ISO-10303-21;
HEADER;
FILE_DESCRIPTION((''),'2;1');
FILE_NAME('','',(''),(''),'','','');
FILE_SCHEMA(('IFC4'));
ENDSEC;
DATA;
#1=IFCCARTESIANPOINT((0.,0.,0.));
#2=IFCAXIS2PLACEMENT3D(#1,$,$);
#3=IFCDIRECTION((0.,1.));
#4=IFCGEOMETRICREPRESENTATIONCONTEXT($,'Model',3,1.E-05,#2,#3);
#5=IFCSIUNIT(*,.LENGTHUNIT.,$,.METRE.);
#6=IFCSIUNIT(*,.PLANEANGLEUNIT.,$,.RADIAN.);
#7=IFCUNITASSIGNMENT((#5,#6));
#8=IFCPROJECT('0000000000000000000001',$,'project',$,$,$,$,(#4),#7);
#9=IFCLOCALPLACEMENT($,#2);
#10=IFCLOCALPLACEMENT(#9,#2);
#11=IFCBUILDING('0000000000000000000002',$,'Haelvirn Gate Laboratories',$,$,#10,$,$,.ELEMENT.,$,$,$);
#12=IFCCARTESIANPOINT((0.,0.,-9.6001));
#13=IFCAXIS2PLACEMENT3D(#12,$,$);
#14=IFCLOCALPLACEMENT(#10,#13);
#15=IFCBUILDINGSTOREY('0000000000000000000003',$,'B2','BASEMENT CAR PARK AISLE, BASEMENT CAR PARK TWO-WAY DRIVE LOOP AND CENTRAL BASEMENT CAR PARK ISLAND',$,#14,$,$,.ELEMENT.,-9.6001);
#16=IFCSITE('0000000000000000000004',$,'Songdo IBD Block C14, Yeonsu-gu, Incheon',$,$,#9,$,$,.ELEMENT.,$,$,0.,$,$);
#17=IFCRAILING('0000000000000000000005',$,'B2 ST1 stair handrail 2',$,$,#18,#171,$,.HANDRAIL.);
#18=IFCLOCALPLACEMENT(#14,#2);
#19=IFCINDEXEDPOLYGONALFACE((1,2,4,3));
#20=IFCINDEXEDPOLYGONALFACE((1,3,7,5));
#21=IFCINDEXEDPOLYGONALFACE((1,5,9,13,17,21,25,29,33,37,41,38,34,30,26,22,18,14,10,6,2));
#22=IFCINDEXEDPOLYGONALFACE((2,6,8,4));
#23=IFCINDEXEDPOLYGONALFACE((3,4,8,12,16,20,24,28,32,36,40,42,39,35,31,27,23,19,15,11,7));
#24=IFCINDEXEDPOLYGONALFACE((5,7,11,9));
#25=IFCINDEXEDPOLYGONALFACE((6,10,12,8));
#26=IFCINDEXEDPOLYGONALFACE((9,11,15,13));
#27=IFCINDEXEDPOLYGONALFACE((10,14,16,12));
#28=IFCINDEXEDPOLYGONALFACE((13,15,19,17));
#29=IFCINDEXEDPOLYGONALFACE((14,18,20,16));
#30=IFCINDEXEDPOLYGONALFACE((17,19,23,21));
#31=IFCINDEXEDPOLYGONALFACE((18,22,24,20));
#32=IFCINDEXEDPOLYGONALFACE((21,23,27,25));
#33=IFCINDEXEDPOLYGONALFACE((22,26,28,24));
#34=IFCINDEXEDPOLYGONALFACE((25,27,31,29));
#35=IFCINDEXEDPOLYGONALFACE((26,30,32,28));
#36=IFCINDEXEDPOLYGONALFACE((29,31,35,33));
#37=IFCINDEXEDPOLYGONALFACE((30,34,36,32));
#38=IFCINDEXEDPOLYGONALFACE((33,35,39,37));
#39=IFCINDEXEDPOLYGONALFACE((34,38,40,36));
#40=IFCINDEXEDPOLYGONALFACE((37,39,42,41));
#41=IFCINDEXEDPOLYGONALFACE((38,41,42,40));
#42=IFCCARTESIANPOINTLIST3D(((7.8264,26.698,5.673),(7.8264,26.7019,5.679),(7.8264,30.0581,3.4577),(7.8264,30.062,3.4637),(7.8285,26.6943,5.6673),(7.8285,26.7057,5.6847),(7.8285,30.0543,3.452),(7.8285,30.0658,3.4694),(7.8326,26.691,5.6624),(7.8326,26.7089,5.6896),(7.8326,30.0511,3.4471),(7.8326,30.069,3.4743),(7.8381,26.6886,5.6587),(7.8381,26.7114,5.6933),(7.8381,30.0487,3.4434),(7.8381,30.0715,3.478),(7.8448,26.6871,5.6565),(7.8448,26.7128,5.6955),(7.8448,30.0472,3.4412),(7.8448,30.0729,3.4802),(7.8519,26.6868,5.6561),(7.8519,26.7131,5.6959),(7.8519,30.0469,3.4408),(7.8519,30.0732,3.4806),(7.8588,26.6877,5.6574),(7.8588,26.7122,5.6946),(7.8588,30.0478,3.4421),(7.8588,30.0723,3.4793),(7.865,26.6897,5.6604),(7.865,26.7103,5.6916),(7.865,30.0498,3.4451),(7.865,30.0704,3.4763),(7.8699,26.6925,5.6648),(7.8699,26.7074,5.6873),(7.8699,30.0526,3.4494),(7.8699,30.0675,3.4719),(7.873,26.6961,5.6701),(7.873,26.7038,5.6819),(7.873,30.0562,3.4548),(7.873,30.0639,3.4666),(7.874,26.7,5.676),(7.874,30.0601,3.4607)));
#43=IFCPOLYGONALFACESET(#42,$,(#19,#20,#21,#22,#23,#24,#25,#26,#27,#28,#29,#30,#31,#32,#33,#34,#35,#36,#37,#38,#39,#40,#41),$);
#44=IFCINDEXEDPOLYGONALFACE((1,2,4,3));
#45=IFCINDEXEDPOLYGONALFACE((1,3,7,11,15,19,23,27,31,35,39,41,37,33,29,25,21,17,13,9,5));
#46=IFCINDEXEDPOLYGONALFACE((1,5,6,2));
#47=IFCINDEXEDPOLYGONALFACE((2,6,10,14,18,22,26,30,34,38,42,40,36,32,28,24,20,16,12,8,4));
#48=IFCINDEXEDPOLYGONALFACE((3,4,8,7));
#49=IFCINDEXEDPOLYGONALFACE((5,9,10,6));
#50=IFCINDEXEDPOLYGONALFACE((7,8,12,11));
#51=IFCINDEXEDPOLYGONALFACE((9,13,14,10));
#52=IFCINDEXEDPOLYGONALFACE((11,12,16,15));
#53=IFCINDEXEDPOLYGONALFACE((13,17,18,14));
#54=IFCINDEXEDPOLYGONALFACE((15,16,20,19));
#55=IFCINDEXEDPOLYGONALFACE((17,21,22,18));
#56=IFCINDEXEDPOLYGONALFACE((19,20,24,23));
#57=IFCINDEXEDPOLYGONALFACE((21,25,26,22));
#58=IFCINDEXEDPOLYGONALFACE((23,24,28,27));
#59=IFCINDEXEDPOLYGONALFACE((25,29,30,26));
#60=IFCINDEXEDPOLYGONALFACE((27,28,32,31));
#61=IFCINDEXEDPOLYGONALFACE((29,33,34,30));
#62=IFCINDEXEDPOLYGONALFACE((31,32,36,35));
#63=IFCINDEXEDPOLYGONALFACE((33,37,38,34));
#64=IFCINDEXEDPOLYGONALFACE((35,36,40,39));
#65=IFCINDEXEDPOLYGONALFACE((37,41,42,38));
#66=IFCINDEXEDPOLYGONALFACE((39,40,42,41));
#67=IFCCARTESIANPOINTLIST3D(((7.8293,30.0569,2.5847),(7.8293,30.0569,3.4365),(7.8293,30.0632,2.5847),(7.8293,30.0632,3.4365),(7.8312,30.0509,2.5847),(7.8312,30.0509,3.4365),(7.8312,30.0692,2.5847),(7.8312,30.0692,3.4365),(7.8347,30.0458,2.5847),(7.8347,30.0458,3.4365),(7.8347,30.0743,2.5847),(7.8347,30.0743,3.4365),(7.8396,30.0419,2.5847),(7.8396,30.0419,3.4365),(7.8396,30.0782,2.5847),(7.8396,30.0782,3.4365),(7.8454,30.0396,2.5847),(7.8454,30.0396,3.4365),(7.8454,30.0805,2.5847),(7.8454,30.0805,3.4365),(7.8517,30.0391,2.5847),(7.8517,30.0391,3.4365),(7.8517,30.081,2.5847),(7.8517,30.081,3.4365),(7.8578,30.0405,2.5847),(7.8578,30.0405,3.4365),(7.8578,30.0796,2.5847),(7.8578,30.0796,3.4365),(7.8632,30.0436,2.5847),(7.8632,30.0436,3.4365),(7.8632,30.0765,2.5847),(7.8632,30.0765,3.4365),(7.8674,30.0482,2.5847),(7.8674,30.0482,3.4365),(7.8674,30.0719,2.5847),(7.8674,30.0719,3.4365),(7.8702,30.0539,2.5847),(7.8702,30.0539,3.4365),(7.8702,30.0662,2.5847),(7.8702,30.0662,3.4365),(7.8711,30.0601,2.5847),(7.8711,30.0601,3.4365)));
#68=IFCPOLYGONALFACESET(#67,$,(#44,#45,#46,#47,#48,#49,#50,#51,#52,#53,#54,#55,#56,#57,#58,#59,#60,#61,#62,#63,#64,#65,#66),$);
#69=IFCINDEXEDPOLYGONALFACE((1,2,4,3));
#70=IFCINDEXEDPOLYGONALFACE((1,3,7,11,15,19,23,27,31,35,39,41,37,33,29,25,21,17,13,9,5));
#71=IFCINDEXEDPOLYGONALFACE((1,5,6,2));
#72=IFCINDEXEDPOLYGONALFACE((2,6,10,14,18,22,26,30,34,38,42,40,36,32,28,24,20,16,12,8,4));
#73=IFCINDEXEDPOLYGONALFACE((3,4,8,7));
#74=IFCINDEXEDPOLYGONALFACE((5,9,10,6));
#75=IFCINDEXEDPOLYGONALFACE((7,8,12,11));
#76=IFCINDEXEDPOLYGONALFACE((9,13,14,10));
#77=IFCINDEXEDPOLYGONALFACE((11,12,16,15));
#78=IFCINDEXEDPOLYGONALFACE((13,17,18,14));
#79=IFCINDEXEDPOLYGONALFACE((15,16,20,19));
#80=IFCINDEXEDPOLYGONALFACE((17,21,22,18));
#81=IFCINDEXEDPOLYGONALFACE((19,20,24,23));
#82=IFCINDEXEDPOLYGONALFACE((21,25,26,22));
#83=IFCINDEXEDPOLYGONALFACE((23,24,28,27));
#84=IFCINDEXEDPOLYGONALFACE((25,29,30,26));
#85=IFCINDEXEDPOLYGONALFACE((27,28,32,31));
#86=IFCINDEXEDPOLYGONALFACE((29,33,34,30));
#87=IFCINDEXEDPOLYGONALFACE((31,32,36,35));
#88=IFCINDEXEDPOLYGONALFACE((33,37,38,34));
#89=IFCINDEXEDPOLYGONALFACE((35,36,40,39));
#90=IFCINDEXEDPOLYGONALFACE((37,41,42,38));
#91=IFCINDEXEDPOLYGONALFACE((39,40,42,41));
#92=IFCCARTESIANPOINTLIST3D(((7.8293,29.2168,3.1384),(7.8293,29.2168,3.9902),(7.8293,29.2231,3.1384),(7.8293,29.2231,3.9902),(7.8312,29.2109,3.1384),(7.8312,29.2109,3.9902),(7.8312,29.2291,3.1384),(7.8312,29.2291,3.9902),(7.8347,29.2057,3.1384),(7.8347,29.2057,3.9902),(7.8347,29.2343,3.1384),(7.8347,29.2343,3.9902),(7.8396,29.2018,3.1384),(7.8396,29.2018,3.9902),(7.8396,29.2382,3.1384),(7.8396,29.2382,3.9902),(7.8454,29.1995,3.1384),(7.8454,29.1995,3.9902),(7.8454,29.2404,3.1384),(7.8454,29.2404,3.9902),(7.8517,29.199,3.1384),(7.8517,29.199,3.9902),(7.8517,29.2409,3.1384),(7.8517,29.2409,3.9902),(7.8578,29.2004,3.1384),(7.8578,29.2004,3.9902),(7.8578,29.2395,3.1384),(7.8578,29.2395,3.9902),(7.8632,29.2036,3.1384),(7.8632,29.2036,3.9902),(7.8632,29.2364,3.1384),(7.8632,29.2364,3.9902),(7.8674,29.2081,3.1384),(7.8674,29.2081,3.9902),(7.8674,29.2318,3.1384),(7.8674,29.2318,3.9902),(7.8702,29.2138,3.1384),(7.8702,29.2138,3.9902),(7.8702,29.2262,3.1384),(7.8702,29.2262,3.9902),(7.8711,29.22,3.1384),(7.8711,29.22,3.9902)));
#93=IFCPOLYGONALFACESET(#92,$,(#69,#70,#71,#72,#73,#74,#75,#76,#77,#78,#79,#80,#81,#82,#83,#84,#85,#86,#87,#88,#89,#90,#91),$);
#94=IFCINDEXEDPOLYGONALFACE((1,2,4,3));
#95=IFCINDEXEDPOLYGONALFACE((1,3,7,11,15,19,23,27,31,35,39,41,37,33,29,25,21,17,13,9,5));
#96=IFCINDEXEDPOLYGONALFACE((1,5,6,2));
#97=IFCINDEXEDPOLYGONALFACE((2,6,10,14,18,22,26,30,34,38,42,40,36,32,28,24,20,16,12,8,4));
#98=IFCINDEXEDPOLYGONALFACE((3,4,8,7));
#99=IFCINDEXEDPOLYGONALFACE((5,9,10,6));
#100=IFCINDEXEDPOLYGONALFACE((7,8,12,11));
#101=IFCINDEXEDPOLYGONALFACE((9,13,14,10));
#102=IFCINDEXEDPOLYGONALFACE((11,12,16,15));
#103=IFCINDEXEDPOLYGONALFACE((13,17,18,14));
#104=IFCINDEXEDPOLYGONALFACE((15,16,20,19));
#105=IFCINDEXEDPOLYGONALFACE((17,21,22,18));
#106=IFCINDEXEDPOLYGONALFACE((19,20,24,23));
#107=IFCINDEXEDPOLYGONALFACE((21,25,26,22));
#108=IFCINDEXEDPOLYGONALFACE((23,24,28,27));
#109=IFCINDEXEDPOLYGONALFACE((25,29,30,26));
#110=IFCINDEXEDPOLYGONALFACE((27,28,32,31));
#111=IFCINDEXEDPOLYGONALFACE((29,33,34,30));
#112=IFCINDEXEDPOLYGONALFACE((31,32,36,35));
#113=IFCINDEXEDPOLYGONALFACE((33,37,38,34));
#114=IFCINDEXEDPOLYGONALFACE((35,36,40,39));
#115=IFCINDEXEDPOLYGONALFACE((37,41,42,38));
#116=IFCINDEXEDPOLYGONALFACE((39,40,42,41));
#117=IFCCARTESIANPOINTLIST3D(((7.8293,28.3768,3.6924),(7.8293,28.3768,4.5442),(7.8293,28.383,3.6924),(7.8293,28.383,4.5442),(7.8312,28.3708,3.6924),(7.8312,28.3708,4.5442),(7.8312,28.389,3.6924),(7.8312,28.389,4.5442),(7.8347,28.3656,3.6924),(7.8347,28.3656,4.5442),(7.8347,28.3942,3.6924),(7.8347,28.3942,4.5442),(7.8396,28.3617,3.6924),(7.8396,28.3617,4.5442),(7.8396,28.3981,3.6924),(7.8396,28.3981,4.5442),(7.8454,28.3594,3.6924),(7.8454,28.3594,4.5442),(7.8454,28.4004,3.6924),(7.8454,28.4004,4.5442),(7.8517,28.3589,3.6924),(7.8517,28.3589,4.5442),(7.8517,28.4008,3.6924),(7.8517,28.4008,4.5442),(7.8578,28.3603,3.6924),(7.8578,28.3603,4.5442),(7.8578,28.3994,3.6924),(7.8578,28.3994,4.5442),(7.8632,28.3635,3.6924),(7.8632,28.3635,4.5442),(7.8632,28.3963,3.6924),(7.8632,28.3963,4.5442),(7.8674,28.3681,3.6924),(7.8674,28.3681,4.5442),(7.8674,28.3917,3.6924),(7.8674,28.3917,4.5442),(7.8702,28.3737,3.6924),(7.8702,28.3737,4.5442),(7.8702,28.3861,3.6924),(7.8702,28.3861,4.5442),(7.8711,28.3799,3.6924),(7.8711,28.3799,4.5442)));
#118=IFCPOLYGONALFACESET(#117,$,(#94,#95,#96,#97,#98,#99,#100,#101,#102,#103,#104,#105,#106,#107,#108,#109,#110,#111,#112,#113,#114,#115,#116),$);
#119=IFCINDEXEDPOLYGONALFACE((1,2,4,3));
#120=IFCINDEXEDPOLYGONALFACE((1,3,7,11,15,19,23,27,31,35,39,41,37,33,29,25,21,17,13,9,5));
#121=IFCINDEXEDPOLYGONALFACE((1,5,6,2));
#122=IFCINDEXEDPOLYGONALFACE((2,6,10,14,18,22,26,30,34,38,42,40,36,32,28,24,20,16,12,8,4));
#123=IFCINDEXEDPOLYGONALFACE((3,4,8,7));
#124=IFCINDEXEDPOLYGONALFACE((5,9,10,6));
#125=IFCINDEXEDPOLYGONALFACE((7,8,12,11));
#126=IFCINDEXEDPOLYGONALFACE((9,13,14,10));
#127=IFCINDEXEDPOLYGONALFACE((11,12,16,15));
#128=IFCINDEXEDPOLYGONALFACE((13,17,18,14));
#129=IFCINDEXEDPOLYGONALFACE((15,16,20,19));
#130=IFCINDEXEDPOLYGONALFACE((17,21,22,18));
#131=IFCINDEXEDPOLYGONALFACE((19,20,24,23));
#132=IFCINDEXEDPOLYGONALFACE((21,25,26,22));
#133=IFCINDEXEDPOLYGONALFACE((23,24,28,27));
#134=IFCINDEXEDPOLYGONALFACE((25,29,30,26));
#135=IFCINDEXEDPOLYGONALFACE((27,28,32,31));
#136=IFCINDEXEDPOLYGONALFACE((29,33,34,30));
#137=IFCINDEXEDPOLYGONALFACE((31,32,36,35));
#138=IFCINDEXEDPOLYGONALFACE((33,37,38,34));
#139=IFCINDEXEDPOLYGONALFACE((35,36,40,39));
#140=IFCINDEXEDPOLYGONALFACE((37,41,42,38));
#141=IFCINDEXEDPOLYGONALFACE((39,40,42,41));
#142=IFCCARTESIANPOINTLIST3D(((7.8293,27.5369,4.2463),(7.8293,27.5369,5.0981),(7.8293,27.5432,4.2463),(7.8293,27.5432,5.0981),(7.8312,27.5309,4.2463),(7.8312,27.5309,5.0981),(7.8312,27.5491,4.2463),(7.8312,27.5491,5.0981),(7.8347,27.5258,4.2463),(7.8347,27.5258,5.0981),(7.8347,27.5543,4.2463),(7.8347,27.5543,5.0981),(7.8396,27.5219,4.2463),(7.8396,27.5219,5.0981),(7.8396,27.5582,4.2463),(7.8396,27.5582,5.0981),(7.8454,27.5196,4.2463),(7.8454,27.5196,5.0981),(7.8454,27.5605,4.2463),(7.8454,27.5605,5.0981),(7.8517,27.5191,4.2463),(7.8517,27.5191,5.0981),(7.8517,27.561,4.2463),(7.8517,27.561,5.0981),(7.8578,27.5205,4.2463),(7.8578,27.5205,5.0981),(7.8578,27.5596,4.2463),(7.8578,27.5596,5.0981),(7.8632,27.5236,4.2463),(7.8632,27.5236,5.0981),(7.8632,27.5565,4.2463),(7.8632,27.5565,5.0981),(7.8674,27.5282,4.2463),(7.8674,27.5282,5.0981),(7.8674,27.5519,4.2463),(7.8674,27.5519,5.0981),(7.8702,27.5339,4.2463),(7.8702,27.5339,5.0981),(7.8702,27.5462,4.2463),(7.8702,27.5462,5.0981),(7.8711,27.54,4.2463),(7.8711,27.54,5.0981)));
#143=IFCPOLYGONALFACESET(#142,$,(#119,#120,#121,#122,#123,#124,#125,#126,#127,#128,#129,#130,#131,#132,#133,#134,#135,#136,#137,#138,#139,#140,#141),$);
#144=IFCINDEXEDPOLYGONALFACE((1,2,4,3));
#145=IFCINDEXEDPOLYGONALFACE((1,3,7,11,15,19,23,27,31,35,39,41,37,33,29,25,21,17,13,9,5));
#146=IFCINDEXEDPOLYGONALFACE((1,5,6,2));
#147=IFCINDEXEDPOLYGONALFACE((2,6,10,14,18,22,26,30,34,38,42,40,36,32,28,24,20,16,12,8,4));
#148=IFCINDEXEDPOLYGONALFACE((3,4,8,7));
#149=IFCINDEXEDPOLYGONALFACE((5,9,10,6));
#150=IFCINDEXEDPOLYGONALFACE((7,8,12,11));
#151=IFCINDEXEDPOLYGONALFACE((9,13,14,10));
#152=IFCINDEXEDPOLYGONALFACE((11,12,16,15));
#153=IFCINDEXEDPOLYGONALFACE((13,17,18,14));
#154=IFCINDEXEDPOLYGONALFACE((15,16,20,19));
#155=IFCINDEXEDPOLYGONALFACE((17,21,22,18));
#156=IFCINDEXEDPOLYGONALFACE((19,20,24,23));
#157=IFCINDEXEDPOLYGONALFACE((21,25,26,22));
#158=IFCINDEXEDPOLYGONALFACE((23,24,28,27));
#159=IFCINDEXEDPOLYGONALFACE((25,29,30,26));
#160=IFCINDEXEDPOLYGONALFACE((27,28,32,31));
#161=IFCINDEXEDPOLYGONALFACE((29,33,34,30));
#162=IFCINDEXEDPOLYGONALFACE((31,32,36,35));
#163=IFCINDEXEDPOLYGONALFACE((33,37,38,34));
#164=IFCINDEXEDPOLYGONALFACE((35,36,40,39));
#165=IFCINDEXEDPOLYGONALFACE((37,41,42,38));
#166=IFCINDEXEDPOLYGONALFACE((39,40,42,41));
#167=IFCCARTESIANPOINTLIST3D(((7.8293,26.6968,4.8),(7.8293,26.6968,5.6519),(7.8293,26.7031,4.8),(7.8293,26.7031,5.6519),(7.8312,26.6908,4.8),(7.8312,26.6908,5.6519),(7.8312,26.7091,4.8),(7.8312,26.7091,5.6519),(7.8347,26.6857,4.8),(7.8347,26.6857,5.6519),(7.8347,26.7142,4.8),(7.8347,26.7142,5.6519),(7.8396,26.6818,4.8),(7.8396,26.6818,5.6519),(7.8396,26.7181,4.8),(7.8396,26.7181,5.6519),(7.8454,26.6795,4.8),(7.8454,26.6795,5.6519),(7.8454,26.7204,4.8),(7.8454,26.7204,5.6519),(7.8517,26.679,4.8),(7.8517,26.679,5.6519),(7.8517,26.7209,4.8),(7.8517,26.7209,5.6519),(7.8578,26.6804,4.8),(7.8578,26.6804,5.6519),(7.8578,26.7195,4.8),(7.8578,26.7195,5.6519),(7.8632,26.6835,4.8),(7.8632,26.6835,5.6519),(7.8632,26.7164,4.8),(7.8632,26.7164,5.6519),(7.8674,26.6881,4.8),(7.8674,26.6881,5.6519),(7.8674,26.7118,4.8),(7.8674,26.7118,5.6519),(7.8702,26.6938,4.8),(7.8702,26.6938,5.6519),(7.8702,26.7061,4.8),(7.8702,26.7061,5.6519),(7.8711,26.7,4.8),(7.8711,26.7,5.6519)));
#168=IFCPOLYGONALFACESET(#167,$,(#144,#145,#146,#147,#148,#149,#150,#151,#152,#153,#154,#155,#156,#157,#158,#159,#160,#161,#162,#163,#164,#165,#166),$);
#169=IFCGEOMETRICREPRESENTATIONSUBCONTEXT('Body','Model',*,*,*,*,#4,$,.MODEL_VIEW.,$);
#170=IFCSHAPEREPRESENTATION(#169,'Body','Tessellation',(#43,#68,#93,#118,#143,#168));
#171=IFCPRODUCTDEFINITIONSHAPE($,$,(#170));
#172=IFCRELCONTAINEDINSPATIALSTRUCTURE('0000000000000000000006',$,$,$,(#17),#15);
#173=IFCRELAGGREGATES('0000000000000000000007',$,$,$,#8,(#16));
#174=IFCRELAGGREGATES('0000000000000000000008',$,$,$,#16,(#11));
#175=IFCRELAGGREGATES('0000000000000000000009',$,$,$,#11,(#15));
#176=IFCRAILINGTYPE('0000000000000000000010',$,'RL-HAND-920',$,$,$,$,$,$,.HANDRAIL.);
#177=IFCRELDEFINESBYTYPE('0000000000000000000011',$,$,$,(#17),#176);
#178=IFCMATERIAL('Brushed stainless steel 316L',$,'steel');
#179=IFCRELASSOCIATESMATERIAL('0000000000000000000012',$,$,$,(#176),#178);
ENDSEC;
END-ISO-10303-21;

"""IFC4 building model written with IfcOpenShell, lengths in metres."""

from ifc_helpers import new_model, si_unit, direction, frame, origin, origin_2d, place, context, subcontext, project, spatial, circle, extrude, source, transform, mapped, material, type_object, element, save


model = new_model("IFC4")

# Units and contexts
model_context = context("Model", 3, precision=1e-05, world=origin(), true_north=direction((0.0, 1.0)))
body_context = subcontext(model_context, "Body", "Model", "MODEL_VIEW")
ifc_project = project(units=[si_unit("LENGTHUNIT", "METRE"), si_unit("PLANEANGLEUNIT", "RADIAN")], contexts=[model_context])

# Site, building, storey
site_placement = place(None, origin())
site = spatial("IfcSite", under=ifc_project, at=site_placement, Name="Songdo IBD Block C14, Yeonsu-gu, Incheon", CompositionType="ELEMENT", RefElevation=0.0)
building_placement = place(site_placement, origin())
building = spatial("IfcBuilding", under=site, at=building_placement, Name="Haelvirn Gate Laboratories", CompositionType="ELEMENT")
storey_placement = place(building_placement, frame((0.0, 0.0, -9.6001)))
storey = spatial("IfcBuildingStorey", under=building, at=storey_placement, Name="B2", Description="BASEMENT CAR PARK AISLE, BASEMENT CAR PARK TWO-WAY DRIVE LOOP AND CENTRAL BASEMENT CAR PARK ISLAND", CompositionType="ELEMENT", Elevation=-9.6001)

# Railing
ifc_material_1 = material(Name="Brushed stainless steel 316L", Category="steel")
railing_type_1 = type_object("IfcRailingType", Name="RL-HAND-920", PredefinedType="HANDRAIL", material=ifc_material_1)
shared_shape_1 = source(origin(), body_context, "Body", "SweptSolid", [
    extrude(circle(Radius=0.0239, at=origin_2d()), frame((0.0, 0.0, 0.876), z_axis=(0.0, -0.834876, 0.550437), x_axis=(1.0, 0.0, 0.0)), (0.0, 0.0, 1.0), 4.0247),
    extrude(circle(Radius=0.021, at=origin_2d()), origin(), (0.0, 0.0, 1.0), 0.8518),
    extrude(circle(Radius=0.021, at=origin_2d()), frame((0.0, -0.8401, 0.5537)), (0.0, 0.0, 1.0), 0.8518),
    extrude(circle(Radius=0.021, at=origin_2d()), frame((0.0, -1.6802, 1.1077)), (0.0, 0.0, 1.0), 0.8518),
    extrude(circle(Radius=0.021, at=origin_2d()), frame((0.0, -2.52, 1.6616)), (0.0, 0.0, 1.0), 0.8518),
    extrude(circle(Radius=0.021, at=origin_2d()), frame((0.0, -3.3601, 2.2153)), (0.0, 0.0, 1.0), 0.8518),
])
railing_1_placement = place(storey_placement, frame((7.8501, 30.0601, 2.5847)))
element("IfcRailing", 1, at=railing_1_placement, inside=storey, type_object=railing_type_1, Name="B2 ST1 stair handrail 2", PredefinedType="HANDRAIL", context=body_context, shape_type="MappedRepresentation", body=[
    mapped(shared_shape_1, transform((0.0, 0.0, 0.0), scale=1.0)),
])

save(model, "model.ifc")
